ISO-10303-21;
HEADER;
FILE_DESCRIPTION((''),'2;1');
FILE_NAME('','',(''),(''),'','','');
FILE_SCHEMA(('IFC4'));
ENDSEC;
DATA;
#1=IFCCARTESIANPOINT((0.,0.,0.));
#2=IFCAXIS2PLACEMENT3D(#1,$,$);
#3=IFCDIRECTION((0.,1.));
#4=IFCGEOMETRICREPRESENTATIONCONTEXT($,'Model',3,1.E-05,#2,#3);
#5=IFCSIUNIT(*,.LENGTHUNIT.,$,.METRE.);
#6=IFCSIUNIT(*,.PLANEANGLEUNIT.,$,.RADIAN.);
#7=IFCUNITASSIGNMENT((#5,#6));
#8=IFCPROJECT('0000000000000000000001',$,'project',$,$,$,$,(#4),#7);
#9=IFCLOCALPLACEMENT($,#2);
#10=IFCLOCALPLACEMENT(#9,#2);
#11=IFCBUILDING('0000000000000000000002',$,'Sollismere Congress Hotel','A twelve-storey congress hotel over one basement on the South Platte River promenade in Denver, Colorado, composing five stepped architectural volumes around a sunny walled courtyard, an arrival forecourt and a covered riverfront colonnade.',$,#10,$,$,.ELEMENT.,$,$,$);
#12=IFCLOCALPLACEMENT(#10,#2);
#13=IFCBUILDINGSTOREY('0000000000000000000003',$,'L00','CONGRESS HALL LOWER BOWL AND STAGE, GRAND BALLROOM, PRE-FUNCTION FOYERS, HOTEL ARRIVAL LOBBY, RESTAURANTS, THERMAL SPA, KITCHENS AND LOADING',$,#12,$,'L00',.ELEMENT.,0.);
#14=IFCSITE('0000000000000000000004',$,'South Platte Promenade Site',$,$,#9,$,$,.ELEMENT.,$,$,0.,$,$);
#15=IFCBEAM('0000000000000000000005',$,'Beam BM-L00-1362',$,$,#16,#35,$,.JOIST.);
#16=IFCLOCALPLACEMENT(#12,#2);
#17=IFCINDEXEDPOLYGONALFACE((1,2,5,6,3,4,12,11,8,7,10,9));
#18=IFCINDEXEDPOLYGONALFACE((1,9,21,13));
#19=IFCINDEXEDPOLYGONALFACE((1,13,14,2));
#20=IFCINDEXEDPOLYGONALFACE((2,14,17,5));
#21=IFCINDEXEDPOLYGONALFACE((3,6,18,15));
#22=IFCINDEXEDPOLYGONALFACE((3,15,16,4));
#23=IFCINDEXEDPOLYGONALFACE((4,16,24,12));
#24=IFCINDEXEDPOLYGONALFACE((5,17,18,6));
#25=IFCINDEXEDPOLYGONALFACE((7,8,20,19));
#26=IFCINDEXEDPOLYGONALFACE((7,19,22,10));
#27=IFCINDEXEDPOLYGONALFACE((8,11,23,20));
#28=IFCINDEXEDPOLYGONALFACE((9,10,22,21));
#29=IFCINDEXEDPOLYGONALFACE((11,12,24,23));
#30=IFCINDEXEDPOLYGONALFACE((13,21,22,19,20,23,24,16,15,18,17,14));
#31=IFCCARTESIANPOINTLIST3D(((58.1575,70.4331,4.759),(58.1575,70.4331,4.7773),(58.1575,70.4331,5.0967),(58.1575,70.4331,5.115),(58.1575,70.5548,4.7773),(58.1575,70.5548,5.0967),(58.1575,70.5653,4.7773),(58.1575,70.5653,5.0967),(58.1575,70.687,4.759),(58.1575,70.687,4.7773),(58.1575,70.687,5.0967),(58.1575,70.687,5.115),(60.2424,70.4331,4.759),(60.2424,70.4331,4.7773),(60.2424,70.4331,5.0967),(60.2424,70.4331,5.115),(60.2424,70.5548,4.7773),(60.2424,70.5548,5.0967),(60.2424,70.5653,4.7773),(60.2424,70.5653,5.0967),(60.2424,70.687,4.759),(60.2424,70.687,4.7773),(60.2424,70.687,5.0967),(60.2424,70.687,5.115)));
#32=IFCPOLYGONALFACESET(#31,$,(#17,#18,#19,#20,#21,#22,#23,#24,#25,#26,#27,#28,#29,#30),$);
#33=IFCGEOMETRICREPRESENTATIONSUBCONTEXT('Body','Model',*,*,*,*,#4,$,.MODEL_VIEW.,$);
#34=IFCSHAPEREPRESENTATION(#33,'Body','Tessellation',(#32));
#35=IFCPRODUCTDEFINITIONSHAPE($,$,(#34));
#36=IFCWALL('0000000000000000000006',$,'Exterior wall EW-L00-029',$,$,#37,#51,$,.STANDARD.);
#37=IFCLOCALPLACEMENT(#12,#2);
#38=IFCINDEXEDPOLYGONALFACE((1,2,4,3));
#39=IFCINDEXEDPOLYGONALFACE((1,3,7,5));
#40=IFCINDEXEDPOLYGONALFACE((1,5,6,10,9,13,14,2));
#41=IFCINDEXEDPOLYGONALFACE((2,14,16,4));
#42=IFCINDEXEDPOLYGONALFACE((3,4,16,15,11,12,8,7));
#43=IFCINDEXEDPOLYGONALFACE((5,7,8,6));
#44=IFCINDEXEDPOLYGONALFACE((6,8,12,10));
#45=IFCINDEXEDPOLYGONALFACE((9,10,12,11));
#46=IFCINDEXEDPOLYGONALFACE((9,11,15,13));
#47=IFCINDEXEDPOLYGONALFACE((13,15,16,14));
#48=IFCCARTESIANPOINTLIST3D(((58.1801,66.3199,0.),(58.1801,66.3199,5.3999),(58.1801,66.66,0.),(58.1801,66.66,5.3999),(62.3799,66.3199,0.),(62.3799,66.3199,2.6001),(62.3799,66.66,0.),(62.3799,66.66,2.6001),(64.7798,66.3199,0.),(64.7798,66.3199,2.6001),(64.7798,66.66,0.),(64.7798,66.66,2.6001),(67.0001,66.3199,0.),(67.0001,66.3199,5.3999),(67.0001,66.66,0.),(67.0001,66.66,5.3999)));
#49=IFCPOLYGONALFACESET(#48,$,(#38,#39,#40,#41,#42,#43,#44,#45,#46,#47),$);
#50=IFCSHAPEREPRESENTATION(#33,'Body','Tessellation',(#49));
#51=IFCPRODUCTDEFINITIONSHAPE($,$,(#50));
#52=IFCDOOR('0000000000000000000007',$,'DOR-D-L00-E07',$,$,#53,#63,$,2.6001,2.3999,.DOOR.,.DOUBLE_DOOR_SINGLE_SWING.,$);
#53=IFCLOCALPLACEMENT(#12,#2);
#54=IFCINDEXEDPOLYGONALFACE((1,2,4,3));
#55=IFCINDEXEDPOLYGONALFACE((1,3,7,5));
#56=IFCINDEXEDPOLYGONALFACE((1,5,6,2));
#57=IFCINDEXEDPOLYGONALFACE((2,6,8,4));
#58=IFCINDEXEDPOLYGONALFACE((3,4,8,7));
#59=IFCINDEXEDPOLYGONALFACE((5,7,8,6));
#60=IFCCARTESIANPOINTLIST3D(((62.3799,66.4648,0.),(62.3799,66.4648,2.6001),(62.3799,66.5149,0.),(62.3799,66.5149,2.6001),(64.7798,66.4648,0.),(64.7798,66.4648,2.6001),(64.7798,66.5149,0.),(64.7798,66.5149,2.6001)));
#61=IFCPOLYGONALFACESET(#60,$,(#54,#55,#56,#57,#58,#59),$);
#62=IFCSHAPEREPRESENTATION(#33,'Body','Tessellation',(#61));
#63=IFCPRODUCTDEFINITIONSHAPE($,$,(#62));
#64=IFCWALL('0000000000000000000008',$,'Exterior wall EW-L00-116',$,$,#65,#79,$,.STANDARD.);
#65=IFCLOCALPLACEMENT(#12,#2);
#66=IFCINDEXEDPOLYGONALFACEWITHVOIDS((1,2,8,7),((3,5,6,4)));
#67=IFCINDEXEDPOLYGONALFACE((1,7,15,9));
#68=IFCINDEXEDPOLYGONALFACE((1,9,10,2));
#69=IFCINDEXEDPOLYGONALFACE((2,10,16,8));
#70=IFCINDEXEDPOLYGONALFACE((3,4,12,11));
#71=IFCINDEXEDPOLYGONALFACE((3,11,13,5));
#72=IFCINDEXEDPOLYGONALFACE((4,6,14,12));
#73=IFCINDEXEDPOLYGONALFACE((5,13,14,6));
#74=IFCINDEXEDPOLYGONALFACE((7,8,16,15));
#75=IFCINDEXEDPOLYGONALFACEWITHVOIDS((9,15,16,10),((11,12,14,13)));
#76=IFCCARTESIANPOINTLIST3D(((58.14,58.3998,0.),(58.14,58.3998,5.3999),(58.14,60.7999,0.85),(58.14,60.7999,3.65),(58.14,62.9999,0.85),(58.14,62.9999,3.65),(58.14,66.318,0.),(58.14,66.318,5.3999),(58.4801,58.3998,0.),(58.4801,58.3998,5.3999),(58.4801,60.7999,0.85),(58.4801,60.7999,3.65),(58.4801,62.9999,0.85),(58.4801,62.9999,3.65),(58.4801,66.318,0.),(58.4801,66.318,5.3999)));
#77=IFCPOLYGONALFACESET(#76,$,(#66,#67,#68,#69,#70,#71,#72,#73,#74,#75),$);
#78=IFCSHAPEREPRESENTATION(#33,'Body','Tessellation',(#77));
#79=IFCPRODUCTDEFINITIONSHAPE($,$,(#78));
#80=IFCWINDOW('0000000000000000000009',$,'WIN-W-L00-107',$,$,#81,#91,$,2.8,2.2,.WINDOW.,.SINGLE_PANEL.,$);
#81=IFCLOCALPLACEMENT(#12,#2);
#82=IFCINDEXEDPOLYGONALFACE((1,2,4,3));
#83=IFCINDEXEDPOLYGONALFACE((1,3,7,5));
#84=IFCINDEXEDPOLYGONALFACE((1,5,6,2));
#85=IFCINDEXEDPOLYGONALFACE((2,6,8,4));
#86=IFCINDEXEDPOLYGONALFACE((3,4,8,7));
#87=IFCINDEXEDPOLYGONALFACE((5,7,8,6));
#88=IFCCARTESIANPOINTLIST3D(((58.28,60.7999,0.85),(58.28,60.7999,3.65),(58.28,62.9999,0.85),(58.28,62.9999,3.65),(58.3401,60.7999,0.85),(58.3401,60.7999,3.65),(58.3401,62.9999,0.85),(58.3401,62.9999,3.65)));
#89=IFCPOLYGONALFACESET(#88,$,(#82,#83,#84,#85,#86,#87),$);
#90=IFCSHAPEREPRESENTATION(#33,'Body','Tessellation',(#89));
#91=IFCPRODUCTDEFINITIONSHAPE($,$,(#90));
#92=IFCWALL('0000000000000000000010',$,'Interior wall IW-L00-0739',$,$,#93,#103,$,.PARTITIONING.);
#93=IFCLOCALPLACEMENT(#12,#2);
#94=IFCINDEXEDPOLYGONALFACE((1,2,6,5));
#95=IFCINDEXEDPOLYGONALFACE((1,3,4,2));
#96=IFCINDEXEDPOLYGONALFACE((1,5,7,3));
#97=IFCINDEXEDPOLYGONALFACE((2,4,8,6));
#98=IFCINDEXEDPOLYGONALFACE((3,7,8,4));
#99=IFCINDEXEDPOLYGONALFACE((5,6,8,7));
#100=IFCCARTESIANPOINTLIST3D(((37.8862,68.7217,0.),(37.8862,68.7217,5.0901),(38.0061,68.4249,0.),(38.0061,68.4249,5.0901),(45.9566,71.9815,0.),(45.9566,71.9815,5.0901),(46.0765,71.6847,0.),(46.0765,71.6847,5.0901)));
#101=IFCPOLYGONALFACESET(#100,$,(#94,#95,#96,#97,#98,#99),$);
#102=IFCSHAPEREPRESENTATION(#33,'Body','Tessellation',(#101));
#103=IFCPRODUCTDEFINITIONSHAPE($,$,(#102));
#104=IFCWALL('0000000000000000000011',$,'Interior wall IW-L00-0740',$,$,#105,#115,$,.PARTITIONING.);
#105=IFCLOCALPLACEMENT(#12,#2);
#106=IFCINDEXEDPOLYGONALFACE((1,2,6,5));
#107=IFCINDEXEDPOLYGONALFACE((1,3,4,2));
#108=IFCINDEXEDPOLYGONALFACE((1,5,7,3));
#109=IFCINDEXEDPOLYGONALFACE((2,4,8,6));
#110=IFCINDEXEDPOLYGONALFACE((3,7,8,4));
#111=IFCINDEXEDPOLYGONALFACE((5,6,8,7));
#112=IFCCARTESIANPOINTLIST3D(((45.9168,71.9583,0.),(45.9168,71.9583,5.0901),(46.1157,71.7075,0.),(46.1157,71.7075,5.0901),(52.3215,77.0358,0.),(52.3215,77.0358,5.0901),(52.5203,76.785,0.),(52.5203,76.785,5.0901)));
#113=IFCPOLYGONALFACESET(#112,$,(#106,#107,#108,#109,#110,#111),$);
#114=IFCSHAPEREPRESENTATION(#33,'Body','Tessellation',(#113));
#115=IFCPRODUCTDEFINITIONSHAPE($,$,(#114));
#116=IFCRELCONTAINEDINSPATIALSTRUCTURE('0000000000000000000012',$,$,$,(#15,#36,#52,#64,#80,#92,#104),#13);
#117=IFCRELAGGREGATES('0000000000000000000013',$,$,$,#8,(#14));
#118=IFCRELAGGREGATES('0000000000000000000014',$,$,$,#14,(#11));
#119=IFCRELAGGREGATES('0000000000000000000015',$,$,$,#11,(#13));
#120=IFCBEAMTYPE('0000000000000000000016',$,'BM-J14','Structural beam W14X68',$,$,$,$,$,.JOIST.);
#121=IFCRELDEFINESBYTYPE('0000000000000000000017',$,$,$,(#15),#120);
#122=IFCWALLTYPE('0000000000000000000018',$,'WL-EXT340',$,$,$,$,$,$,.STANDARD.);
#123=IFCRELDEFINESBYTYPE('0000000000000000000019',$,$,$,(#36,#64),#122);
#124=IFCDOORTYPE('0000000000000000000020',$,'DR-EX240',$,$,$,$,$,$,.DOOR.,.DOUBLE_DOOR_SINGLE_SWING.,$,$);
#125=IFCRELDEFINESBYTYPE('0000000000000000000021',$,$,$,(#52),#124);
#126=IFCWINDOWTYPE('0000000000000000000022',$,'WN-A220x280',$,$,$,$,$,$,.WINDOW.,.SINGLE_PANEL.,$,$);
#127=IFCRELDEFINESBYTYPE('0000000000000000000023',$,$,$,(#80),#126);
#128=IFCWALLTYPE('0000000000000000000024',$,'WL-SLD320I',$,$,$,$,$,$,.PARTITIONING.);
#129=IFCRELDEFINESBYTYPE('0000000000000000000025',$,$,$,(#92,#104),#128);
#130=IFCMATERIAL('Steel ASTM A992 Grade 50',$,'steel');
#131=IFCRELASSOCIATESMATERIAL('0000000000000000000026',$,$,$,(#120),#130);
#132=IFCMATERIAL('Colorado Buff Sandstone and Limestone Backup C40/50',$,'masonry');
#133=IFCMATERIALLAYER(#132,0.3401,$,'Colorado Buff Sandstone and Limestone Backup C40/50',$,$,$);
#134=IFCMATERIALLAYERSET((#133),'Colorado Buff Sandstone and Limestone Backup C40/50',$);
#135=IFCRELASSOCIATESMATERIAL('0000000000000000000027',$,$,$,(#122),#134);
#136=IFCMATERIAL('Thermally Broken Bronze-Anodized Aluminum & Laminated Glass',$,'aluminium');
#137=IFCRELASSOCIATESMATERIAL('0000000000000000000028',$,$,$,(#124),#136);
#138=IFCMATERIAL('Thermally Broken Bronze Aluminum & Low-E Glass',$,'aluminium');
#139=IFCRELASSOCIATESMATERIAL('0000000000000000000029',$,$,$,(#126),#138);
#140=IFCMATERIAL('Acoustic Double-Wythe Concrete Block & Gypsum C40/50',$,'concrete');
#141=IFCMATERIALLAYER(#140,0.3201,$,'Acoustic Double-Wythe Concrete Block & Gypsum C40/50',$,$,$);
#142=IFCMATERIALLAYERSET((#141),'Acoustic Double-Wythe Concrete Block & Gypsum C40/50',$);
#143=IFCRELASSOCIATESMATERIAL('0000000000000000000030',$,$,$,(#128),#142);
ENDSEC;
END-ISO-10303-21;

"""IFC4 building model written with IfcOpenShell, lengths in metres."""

from ifc_helpers import new_model, si_unit, direction, frame, frame_2d, origin, origin_2d, place, context, subcontext, project, spatial, rectangle, i_section, extrude, material, layer, layer_set, material_profile, profile_set, type_object, element, fill, save


model = new_model("IFC4")

# Units and contexts
model_context = context("Model", 3, precision=1e-05, world=origin(), true_north=direction((0.0, 1.0)))
body_context = subcontext(model_context, "Body", "Model", "MODEL_VIEW")
ifc_project = project(units=[si_unit("LENGTHUNIT", "METRE"), si_unit("PLANEANGLEUNIT", "RADIAN")], contexts=[model_context])

# Site, building, storey
site_placement = place(None, origin())
site = spatial("IfcSite", under=ifc_project, at=site_placement, Name="South Platte Promenade Site", CompositionType="ELEMENT", RefElevation=0.0)
building_placement = place(site_placement, origin())
building = spatial("IfcBuilding", under=site, at=building_placement, Name="Sollismere Congress Hotel", Description="A twelve-storey congress hotel over one basement on the South Platte River promenade in Denver, Colorado, composing five stepped architectural volumes around a sunny walled courtyard, an arrival forecourt and a covered riverfront colonnade.", CompositionType="ELEMENT")
storey_placement = place(building_placement, origin())
storey = spatial("IfcBuildingStorey", under=building, at=storey_placement, Name="L00", Description="CONGRESS HALL LOWER BOWL AND STAGE, GRAND BALLROOM, PRE-FUNCTION FOYERS, HOTEL ARRIVAL LOBBY, RESTAURANTS, THERMAL SPA, KITCHENS AND LOADING", LongName="L00", CompositionType="ELEMENT", Elevation=0.0)

# Shared definitions
ifc_material_1 = material(Name="Steel ASTM A992 Grade 50", Category="steel")

# Beam
ifc_material_profile_1 = material_profile(ifc_material_1, i_section(OverallWidth=0.2539, OverallDepth=0.356, WebThickness=0.0105, FlangeThickness=0.0183, at=origin_2d()), Name="W14X68")
ifc_profile_set_1 = profile_set([ifc_material_profile_1], Name="Steel ASTM A992 Grade 50")
beam_type_1 = type_object("IfcBeamType", Name="BM-J14", Description="Structural beam W14X68", PredefinedType="JOIST", material=ifc_profile_set_1)
for number, where, z_axis, x_axis, name in (
    (1, (58.1575, 70.5601, 4.937), (1.0, 0.0, 0.0), (0.0, 1.0, 0.0), "Beam BM-L00-1362"),
):
    element("IfcBeam", number, at=place(storey_placement, frame(where, z_axis=z_axis, x_axis=x_axis)), inside=storey, type_object=beam_type_1, Name=name, PredefinedType="JOIST", context=body_context, shape_type="SweptSolid", body=[
        extrude(i_section(OverallWidth=0.2539, OverallDepth=0.356, WebThickness=0.0105, FlangeThickness=0.0183, at=origin_2d()), origin(), (0.0, 0.0, 1.0), 2.085),
    ])

# Wall, opening, door
ifc_material_2 = material(Name="Colorado Buff Sandstone and Limestone Backup C40/50", Category="masonry")
ifc_layer_1 = layer(ifc_material_2, 0.3401, Name="Colorado Buff Sandstone and Limestone Backup C40/50")
ifc_layer_set_1 = layer_set([ifc_layer_1], Name="Colorado Buff Sandstone and Limestone Backup C40/50")
wall_type_1 = type_object("IfcWallType", Name="WL-EXT340", PredefinedType="STANDARD", material=ifc_layer_set_1)
wall_1_placement = place(storey_placement, frame((58.1799, 66.49, 0.0), z_axis=(0.0, 0.0, 1.0), x_axis=(1.0, 0.0, 0.0)))
wall_1 = element("IfcWall", 2, at=wall_1_placement, inside=storey, type_object=wall_type_1, Name="Exterior wall EW-L00-029", PredefinedType="STANDARD", context=body_context, shape_type="SweptSolid", body=[
    extrude(rectangle(XDim=8.8201, YDim=0.3401, at=frame_2d((4.4102, 0.0))), origin(), (0.0, 0.0, 1.0), 5.3999),
])
opening_1_placement = place(wall_1_placement, frame((4.2, 0.0, 0.0)))
opening_1 = element("IfcOpeningElement", 3, at=opening_1_placement, cuts=wall_1, PredefinedType="OPENING", context=body_context, shape_type="SweptSolid", body=[
    extrude(rectangle(XDim=2.3999, YDim=2.6001, at=frame_2d((1.2, 1.3))), frame((0.0, 0.1799, 0.0), z_axis=(0.0, -1.0, 0.0), x_axis=(1.0, 0.0, 0.0)), (0.0, 0.0, 1.0), 0.3601),
])
ifc_material_3 = material(Name="Thermally Broken Bronze-Anodized Aluminum & Laminated Glass", Category="aluminium")
door_type = type_object("IfcDoorType", Name="DR-EX240", OperationType="DOUBLE_DOOR_SINGLE_SWING", PredefinedType="DOOR", material=ifc_material_3)
door_placement = place(opening_1_placement, origin())
door = element("IfcDoor", 4, at=door_placement, inside=storey, type_object=door_type, Name="DOR-D-L00-E07", OperationType="DOUBLE_DOOR_SINGLE_SWING", OverallHeight=2.6001, OverallWidth=2.3999, PredefinedType="DOOR", context=body_context, shape_type="SweptSolid", body=[
    extrude(rectangle(XDim=2.3999, YDim=2.6001, at=frame_2d((1.2, 1.3))), frame((0.0, 0.0249, 0.0), z_axis=(0.0, -1.0, 0.0), x_axis=(1.0, 0.0, 0.0)), (0.0, 0.0, 1.0), 0.05),
])
fill(opening_1, door)

# Wall, opening, window
wall_2_placement = place(storey_placement, frame((58.3101, 58.3999, 0.0), z_axis=(0.0, 0.0, 1.0), x_axis=(0.0, 1.0, 0.0)))
wall_2 = element("IfcWall", 5, at=wall_2_placement, inside=storey, type_object=wall_type_1, Name="Exterior wall EW-L00-116", PredefinedType="STANDARD", context=body_context, shape_type="SweptSolid", body=[
    extrude(rectangle(XDim=7.9182, YDim=0.3401, at=frame_2d((3.959, 0.0))), origin(), (0.0, 0.0, 1.0), 5.3999),
])
opening_2_placement = place(wall_2_placement, frame((2.3999, 0.0, 0.8501)))
opening_2 = element("IfcOpeningElement", 6, at=opening_2_placement, cuts=wall_2, PredefinedType="OPENING", context=body_context, shape_type="SweptSolid", body=[
    extrude(rectangle(XDim=2.2, YDim=2.8, at=frame_2d((1.1001, 1.3999))), frame((0.0, 0.1799, 0.0), z_axis=(0.0, -1.0, 0.0), x_axis=(1.0, 0.0, 0.0)), (0.0, 0.0, 1.0), 0.3601),
])
ifc_material_4 = material(Name="Thermally Broken Bronze Aluminum & Low-E Glass", Category="aluminium")
window_type = type_object("IfcWindowType", Name="WN-A220x280", PartitioningType="SINGLE_PANEL", PredefinedType="WINDOW", material=ifc_material_4)
window_placement = place(opening_2_placement, origin())
window = element("IfcWindow", 7, at=window_placement, inside=storey, type_object=window_type, Name="WIN-W-L00-107", OverallHeight=2.8, OverallWidth=2.2, PartitioningType="SINGLE_PANEL", PredefinedType="WINDOW", context=body_context, shape_type="SweptSolid", body=[
    extrude(rectangle(XDim=2.2, YDim=2.8, at=frame_2d((1.1001, 1.3999))), frame((0.0, 0.03, 0.0), z_axis=(0.0, -1.0, 0.0), x_axis=(1.0, 0.0, 0.0)), (0.0, 0.0, 1.0), 0.0601),
])
fill(opening_2, window)

# Walls
ifc_material_5 = material(Name="Acoustic Double-Wythe Concrete Block & Gypsum C40/50", Category="concrete")
ifc_layer_2 = layer(ifc_material_5, 0.3201, Name="Acoustic Double-Wythe Concrete Block & Gypsum C40/50")
ifc_layer_set_2 = layer_set([ifc_layer_2], Name="Acoustic Double-Wythe Concrete Block & Gypsum C40/50")
wall_type_2 = type_object("IfcWallType", Name="WL-SLD320I", PredefinedType="PARTITIONING", material=ifc_layer_set_2)
wall_3_placement = place(storey_placement, frame((37.946, 68.5732, 0.0), z_axis=(0.0, 0.0, 1.0), x_axis=(0.927218, 0.374522, 0.0)))
element("IfcWall", 8, at=wall_3_placement, inside=storey, type_object=wall_type_2, Name="Interior wall IW-L00-0739", PredefinedType="PARTITIONING", context=body_context, shape_type="SweptSolid", body=[
    extrude(rectangle(XDim=8.7039, YDim=0.3201, at=frame_2d((4.3521, 0.0))), origin(), (0.0, 0.0, 1.0), 5.0901),
])
wall_4_placement = place(storey_placement, frame((46.0164, 71.833, 0.0), z_axis=(0.0, 0.0, 1.0), x_axis=(0.783621, 0.621239, 0.0)))
element("IfcWall", 9, at=wall_4_placement, inside=storey, type_object=wall_type_2, Name="Interior wall IW-L00-0740", PredefinedType="PARTITIONING", context=body_context, shape_type="SweptSolid", body=[
    extrude(rectangle(XDim=8.1731, YDim=0.3201, at=frame_2d((4.0864, 0.0))), origin(), (0.0, 0.0, 1.0), 5.0901),
])

save(model, "model.ifc")
